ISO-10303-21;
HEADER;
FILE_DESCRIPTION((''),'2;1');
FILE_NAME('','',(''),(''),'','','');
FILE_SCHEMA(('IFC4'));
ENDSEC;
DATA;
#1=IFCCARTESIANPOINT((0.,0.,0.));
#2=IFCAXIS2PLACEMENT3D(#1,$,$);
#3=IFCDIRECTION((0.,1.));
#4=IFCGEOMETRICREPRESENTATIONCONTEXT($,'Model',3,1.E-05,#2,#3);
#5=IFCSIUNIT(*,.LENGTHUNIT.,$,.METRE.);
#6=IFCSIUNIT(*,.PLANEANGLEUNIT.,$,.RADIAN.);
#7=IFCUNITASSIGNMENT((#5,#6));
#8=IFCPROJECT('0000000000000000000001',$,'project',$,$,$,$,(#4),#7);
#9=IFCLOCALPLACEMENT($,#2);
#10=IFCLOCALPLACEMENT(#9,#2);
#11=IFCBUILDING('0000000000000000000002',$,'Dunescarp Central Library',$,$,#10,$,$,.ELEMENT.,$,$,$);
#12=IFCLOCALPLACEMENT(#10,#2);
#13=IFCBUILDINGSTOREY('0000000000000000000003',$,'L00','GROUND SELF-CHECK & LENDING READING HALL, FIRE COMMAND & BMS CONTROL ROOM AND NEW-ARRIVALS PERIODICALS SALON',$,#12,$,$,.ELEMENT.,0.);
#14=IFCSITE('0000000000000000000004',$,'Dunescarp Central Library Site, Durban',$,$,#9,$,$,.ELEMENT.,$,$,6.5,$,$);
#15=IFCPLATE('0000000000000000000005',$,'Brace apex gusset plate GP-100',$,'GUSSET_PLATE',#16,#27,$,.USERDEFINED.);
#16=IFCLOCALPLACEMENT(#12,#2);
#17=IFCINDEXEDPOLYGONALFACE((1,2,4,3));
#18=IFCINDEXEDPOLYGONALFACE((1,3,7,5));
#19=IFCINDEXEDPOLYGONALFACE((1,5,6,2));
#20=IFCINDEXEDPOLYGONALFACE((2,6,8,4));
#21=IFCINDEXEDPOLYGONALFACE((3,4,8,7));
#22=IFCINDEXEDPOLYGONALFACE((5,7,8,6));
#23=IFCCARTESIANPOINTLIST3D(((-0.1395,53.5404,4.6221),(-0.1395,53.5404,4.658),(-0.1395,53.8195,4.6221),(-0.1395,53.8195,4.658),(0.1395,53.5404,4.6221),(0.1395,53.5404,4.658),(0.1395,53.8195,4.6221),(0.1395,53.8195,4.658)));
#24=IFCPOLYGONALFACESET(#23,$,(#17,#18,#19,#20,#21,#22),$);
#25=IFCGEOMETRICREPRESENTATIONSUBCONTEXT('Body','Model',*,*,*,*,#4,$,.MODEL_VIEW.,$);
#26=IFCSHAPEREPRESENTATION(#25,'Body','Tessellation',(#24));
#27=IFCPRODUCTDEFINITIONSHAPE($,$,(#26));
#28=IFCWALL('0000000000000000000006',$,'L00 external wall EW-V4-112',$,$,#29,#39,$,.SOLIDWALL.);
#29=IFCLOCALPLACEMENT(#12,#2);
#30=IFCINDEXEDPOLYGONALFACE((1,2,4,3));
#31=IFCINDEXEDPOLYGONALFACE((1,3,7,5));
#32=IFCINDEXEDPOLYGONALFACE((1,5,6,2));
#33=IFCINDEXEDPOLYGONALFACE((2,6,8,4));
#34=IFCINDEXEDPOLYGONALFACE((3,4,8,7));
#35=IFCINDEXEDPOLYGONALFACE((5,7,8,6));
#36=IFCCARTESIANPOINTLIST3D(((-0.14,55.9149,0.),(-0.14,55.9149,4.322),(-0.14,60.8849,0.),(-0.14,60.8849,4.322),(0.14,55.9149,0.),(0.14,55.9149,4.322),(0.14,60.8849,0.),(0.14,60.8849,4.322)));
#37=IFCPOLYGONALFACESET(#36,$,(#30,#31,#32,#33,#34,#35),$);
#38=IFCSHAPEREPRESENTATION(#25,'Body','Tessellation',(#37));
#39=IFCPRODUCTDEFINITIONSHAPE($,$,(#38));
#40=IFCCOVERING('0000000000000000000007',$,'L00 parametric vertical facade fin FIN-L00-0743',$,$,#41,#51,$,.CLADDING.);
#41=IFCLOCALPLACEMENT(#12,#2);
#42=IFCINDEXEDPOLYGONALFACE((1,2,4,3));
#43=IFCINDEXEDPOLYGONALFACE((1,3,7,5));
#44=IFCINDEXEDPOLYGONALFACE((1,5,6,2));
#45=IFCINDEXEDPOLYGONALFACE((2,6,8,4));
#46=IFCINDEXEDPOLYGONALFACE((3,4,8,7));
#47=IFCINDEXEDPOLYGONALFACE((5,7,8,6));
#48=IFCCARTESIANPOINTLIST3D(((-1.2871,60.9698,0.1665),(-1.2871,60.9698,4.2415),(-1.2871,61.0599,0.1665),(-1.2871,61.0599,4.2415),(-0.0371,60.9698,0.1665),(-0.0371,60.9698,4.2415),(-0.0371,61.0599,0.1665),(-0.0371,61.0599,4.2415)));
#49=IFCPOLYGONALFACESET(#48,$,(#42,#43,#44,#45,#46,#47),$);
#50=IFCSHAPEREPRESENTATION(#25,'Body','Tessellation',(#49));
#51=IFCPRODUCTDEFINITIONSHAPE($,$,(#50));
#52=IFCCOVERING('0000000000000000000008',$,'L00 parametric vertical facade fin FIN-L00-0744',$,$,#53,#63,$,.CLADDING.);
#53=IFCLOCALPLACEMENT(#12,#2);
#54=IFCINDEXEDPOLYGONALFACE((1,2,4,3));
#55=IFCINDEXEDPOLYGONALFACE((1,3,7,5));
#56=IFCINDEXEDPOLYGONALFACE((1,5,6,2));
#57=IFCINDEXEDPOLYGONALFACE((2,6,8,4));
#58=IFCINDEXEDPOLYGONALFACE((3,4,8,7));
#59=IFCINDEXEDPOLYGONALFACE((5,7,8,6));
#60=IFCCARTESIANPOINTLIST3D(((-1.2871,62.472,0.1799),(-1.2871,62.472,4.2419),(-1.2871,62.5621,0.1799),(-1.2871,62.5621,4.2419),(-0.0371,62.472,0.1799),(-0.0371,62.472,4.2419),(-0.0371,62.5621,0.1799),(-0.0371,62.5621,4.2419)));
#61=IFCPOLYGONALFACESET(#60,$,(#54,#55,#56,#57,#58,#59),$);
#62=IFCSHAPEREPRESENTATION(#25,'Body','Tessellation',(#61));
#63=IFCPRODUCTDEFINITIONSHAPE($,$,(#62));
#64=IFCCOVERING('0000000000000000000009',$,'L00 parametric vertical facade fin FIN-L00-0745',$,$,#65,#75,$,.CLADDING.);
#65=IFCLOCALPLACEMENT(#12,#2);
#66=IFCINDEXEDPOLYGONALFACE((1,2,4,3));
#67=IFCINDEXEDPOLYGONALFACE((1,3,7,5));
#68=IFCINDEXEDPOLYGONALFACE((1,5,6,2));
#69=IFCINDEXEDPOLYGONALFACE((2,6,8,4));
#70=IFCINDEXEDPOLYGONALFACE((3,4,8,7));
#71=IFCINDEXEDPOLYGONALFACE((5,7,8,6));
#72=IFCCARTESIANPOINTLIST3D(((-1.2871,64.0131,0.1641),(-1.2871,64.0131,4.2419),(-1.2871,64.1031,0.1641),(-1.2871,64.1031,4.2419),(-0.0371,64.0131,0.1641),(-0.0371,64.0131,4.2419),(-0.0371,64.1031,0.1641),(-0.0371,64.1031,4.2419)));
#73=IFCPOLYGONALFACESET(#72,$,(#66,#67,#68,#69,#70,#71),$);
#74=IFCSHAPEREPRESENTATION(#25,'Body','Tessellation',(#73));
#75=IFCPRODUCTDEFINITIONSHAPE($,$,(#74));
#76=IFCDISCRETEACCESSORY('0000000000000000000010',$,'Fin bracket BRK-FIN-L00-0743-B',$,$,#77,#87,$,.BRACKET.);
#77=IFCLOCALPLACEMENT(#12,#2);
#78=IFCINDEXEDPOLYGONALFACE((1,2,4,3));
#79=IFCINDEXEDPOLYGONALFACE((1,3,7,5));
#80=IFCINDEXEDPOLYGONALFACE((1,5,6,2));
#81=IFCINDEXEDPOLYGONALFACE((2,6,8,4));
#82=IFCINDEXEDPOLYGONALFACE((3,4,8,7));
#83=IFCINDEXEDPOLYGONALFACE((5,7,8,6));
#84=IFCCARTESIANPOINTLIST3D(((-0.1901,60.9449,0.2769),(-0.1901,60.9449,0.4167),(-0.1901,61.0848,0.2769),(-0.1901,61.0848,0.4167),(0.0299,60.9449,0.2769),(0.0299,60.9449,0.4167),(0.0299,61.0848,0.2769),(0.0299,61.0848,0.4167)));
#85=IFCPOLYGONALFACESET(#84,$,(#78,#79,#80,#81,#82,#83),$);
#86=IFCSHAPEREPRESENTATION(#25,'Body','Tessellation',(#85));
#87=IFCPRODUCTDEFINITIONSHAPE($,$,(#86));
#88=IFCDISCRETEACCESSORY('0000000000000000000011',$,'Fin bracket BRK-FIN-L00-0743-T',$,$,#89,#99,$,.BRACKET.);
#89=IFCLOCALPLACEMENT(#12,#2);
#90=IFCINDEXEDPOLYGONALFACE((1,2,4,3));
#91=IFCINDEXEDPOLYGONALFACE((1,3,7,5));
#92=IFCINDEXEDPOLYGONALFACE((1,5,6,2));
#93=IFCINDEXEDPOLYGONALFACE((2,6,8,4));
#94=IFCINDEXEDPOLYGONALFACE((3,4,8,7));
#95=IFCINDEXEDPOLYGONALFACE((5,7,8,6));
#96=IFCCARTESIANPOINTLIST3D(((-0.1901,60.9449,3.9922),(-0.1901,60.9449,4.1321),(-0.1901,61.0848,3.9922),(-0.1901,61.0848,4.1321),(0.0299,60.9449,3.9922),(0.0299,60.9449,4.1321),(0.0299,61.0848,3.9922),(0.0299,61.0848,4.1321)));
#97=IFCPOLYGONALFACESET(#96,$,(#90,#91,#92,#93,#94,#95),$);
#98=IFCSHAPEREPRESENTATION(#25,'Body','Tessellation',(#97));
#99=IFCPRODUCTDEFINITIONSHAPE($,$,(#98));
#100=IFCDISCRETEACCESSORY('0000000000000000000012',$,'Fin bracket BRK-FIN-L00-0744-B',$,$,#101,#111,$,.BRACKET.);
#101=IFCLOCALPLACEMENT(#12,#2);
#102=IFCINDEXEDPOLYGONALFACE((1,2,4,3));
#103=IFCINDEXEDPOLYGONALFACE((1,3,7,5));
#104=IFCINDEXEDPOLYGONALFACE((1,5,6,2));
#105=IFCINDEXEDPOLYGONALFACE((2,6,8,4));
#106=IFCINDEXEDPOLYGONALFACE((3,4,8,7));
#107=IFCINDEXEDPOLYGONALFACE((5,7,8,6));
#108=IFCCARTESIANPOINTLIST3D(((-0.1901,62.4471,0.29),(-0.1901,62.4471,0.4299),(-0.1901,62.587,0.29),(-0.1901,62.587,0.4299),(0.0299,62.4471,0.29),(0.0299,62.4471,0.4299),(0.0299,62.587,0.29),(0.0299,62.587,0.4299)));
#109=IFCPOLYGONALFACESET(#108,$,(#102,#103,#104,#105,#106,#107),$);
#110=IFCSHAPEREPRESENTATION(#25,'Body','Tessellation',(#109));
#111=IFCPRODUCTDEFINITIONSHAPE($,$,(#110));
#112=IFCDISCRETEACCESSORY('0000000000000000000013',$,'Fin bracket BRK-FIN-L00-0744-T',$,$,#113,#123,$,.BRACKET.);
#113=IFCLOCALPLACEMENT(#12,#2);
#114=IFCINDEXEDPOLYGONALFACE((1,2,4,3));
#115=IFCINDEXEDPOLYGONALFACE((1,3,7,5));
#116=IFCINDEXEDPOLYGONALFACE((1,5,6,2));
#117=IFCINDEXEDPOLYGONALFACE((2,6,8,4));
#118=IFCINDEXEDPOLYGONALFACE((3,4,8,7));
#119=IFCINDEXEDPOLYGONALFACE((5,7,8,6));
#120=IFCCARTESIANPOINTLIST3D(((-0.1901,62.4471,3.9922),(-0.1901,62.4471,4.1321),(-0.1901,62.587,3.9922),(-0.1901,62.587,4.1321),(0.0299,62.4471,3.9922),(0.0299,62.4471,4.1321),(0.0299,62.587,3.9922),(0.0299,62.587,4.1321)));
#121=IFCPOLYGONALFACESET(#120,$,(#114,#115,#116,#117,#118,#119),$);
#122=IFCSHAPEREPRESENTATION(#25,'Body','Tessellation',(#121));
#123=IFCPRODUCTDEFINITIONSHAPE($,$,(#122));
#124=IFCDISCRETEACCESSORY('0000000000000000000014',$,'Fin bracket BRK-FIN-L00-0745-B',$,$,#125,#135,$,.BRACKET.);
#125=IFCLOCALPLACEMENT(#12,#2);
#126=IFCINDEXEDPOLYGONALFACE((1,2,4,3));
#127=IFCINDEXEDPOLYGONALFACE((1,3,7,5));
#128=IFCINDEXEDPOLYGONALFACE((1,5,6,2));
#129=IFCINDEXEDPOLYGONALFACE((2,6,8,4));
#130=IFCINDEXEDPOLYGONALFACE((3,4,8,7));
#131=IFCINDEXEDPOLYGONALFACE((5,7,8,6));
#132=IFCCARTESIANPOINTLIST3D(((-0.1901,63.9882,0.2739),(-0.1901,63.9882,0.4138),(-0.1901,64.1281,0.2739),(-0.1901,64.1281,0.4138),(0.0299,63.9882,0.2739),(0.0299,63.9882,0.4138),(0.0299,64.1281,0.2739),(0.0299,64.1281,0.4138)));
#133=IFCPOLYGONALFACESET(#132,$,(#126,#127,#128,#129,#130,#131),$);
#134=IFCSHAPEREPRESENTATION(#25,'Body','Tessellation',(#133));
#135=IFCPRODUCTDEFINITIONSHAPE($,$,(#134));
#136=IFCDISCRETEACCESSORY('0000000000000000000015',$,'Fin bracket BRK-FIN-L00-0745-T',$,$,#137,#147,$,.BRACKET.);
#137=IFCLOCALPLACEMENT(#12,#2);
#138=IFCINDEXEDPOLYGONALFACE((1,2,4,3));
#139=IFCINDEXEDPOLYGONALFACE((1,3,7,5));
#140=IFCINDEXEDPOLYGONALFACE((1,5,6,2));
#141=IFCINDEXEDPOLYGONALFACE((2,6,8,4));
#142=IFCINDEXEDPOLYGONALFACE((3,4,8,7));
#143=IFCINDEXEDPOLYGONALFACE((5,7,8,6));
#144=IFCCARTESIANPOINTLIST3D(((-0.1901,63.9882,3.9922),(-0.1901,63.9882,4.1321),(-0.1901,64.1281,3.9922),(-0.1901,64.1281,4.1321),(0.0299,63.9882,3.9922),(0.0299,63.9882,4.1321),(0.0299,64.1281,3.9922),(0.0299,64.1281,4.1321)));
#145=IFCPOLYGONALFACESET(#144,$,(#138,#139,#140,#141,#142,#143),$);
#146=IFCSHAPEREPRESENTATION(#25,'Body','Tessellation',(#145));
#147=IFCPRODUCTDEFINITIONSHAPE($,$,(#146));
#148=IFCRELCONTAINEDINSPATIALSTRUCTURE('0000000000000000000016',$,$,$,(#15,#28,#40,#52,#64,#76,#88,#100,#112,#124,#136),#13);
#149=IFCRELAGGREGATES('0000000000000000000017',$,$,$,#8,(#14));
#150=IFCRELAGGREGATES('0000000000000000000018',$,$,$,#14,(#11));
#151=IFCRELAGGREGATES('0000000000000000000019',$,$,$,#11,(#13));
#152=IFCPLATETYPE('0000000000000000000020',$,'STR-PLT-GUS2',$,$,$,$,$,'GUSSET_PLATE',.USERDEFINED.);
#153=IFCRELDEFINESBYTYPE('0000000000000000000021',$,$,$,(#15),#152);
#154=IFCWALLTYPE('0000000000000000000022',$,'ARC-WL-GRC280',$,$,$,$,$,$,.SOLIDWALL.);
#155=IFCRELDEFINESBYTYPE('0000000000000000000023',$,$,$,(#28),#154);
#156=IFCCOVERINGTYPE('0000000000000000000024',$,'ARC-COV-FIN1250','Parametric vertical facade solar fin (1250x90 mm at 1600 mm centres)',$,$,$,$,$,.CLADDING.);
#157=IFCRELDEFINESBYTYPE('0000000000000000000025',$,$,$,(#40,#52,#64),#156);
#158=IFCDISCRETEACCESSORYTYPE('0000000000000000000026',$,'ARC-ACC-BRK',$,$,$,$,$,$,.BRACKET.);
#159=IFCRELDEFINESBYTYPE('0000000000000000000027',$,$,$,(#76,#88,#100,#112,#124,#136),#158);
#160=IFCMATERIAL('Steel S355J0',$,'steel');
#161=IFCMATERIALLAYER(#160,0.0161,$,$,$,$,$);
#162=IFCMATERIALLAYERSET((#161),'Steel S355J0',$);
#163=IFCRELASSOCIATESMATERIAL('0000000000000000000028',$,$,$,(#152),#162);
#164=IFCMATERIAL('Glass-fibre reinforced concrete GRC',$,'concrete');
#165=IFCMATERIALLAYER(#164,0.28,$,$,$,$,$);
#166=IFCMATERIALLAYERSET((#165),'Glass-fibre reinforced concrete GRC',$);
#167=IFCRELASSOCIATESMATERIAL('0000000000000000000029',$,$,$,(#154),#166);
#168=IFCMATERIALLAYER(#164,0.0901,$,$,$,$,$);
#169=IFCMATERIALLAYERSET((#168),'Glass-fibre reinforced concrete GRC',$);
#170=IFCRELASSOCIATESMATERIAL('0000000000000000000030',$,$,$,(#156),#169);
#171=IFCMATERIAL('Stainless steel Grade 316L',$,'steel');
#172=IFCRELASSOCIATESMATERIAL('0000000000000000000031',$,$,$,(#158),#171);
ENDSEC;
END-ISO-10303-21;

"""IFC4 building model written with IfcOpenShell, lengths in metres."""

from ifc_helpers import new_model, si_unit, direction, frame, frame_2d, origin, origin_2d, place, context, subcontext, project, spatial, rectangle, extrude, material, layer, layer_set, type_object, element, save


model = new_model("IFC4")

# Units and contexts
model_context = context("Model", 3, precision=1e-05, world=origin(), true_north=direction((0.0, 1.0)))
body_context = subcontext(model_context, "Body", "Model", "MODEL_VIEW")
ifc_project = project(units=[si_unit("LENGTHUNIT", "METRE"), si_unit("PLANEANGLEUNIT", "RADIAN")], contexts=[model_context])

# Site, building, storey
site_placement = place(None, origin())
site = spatial("IfcSite", under=ifc_project, at=site_placement, Name="Dunescarp Central Library Site, Durban", CompositionType="ELEMENT", RefElevation=6.5)
building_placement = place(site_placement, origin())
building = spatial("IfcBuilding", under=site, at=building_placement, Name="Dunescarp Central Library", CompositionType="ELEMENT")
storey_placement = place(building_placement, origin())
storey = spatial("IfcBuildingStorey", under=building, at=storey_placement, Name="L00", Description="GROUND SELF-CHECK & LENDING READING HALL, FIRE COMMAND & BMS CONTROL ROOM AND NEW-ARRIVALS PERIODICALS SALON", CompositionType="ELEMENT", Elevation=0.0)

# Shared definitions
ifc_material_1 = material(Name="Steel S355J0", Category="steel")

# Plate
ifc_layer_1 = layer(ifc_material_1, 0.0161)
ifc_layer_set_1 = layer_set([ifc_layer_1], Name="Steel S355J0")
plate_type_1 = type_object("IfcPlateType", Name="STR-PLT-GUS2", ElementType="GUSSET_PLATE", PredefinedType="USERDEFINED", material=ifc_layer_set_1)
for number, where, z_axis, x_axis, name in (
    (1, (0.0, 53.6799, 4.6221), (0.0, 0.0, 1.0), (1.0, 0.0, 0.0), "Brace apex gusset plate GP-100"),
):
    element("IfcPlate", number, at=place(storey_placement, frame(where, z_axis=z_axis, x_axis=x_axis)), inside=storey, type_object=plate_type_1, Name=name, ObjectType="GUSSET_PLATE", PredefinedType="USERDEFINED", context=body_context, shape_type="SweptSolid", body=[
        extrude(rectangle(XDim=0.2791, YDim=0.2791, at=origin_2d()), origin(), (0.0, 0.0, 1.0), 0.0359),
    ])

# Wall
ifc_material_2 = material(Name="Glass-fibre reinforced concrete GRC", Category="concrete")
ifc_layer_2 = layer(ifc_material_2, 0.28)
ifc_layer_set_2 = layer_set([ifc_layer_2], Name="Glass-fibre reinforced concrete GRC")
wall_type = type_object("IfcWallType", Name="ARC-WL-GRC280", PredefinedType="SOLIDWALL", material=ifc_layer_set_2)
wall_placement = place(storey_placement, frame((0.0, 55.915, 0.0), z_axis=(0.0, 0.0, 1.0), x_axis=(0.0, 1.0, 0.0)))
element("IfcWall", 2, at=wall_placement, inside=storey, type_object=wall_type, Name="L00 external wall EW-V4-112", PredefinedType="SOLIDWALL", context=body_context, shape_type="SweptSolid", body=[
    extrude(rectangle(XDim=4.97, YDim=0.28, at=frame_2d((2.4849, 0.0))), origin(), (0.0, 0.0, 1.0), 4.322),
])

# Coverings
ifc_layer_3 = layer(ifc_material_2, 0.0901)
ifc_layer_set_3 = layer_set([ifc_layer_3], Name="Glass-fibre reinforced concrete GRC")
covering_type = type_object("IfcCoveringType", Name="ARC-COV-FIN1250", Description="Parametric vertical facade solar fin (1250x90 mm at 1600 mm centres)", PredefinedType="CLADDING", material=ifc_layer_set_3)
covering_1_placement = place(storey_placement, frame((-0.6621, 61.0149, 0.1665), z_axis=(0.0, 0.0, 1.0), x_axis=(-1.0, 0.0, 0.0)))
element("IfcCovering", 3, at=covering_1_placement, inside=storey, type_object=covering_type, Name="L00 parametric vertical facade fin FIN-L00-0743", PredefinedType="CLADDING", context=body_context, shape_type="SweptSolid", body=[
    extrude(rectangle(XDim=1.25, YDim=0.0901, at=origin_2d()), origin(), (0.0, 0.0, 1.0), 4.075),
])
covering_2_placement = place(storey_placement, frame((-0.6621, 62.5171, 0.1799), z_axis=(0.0, 0.0, 1.0), x_axis=(-1.0, 0.0, 0.0)))
element("IfcCovering", 4, at=covering_2_placement, inside=storey, type_object=covering_type, Name="L00 parametric vertical facade fin FIN-L00-0744", PredefinedType="CLADDING", context=body_context, shape_type="SweptSolid", body=[
    extrude(rectangle(XDim=1.25, YDim=0.0901, at=origin_2d()), origin(), (0.0, 0.0, 1.0), 4.062),
])
covering_3_placement = place(storey_placement, frame((-0.6621, 64.0581, 0.1641), z_axis=(0.0, 0.0, 1.0), x_axis=(-1.0, 0.0, 0.0)))
element("IfcCovering", 5, at=covering_3_placement, inside=storey, type_object=covering_type, Name="L00 parametric vertical facade fin FIN-L00-0745", PredefinedType="CLADDING", context=body_context, shape_type="SweptSolid", body=[
    extrude(rectangle(XDim=1.25, YDim=0.0901, at=origin_2d()), origin(), (0.0, 0.0, 1.0), 4.0779),
])

# Discrete accessories
ifc_material_3 = material(Name="Stainless steel Grade 316L", Category="steel")
discrete_accessory_type = type_object("IfcDiscreteAccessoryType", Name="ARC-ACC-BRK", PredefinedType="BRACKET", material=ifc_material_3)
for number, where, z_axis, x_axis, name in (
    (6, (-0.0801, 61.0149, 0.2769), (0.0, 0.0, 1.0), (-1.0, 0.0, 0.0), "Fin bracket BRK-FIN-L00-0743-B"),
    (7, (-0.0801, 61.0149, 3.9922), (0.0, 0.0, 1.0), (-1.0, 0.0, 0.0), "Fin bracket BRK-FIN-L00-0743-T"),
    (8, (-0.0801, 62.5171, 0.29), (0.0, 0.0, 1.0), (-1.0, 0.0, 0.0), "Fin bracket BRK-FIN-L00-0744-B"),
    (9, (-0.0801, 62.5171, 3.9922), (0.0, 0.0, 1.0), (-1.0, 0.0, 0.0), "Fin bracket BRK-FIN-L00-0744-T"),
    (10, (-0.0801, 64.0581, 0.2739), (0.0, 0.0, 1.0), (-1.0, 0.0, 0.0), "Fin bracket BRK-FIN-L00-0745-B"),
    (11, (-0.0801, 64.0581, 3.9922), (0.0, 0.0, 1.0), (-1.0, 0.0, 0.0), "Fin bracket BRK-FIN-L00-0745-T"),
):
    element("IfcDiscreteAccessory", number, at=place(storey_placement, frame(where, z_axis=z_axis, x_axis=x_axis)), inside=storey, type_object=discrete_accessory_type, Name=name, PredefinedType="BRACKET", context=body_context, shape_type="SweptSolid", body=[
        extrude(rectangle(XDim=0.22, YDim=0.1399, at=origin_2d()), origin(), (0.0, 0.0, 1.0), 0.1399),
    ])

save(model, "model.ifc")
